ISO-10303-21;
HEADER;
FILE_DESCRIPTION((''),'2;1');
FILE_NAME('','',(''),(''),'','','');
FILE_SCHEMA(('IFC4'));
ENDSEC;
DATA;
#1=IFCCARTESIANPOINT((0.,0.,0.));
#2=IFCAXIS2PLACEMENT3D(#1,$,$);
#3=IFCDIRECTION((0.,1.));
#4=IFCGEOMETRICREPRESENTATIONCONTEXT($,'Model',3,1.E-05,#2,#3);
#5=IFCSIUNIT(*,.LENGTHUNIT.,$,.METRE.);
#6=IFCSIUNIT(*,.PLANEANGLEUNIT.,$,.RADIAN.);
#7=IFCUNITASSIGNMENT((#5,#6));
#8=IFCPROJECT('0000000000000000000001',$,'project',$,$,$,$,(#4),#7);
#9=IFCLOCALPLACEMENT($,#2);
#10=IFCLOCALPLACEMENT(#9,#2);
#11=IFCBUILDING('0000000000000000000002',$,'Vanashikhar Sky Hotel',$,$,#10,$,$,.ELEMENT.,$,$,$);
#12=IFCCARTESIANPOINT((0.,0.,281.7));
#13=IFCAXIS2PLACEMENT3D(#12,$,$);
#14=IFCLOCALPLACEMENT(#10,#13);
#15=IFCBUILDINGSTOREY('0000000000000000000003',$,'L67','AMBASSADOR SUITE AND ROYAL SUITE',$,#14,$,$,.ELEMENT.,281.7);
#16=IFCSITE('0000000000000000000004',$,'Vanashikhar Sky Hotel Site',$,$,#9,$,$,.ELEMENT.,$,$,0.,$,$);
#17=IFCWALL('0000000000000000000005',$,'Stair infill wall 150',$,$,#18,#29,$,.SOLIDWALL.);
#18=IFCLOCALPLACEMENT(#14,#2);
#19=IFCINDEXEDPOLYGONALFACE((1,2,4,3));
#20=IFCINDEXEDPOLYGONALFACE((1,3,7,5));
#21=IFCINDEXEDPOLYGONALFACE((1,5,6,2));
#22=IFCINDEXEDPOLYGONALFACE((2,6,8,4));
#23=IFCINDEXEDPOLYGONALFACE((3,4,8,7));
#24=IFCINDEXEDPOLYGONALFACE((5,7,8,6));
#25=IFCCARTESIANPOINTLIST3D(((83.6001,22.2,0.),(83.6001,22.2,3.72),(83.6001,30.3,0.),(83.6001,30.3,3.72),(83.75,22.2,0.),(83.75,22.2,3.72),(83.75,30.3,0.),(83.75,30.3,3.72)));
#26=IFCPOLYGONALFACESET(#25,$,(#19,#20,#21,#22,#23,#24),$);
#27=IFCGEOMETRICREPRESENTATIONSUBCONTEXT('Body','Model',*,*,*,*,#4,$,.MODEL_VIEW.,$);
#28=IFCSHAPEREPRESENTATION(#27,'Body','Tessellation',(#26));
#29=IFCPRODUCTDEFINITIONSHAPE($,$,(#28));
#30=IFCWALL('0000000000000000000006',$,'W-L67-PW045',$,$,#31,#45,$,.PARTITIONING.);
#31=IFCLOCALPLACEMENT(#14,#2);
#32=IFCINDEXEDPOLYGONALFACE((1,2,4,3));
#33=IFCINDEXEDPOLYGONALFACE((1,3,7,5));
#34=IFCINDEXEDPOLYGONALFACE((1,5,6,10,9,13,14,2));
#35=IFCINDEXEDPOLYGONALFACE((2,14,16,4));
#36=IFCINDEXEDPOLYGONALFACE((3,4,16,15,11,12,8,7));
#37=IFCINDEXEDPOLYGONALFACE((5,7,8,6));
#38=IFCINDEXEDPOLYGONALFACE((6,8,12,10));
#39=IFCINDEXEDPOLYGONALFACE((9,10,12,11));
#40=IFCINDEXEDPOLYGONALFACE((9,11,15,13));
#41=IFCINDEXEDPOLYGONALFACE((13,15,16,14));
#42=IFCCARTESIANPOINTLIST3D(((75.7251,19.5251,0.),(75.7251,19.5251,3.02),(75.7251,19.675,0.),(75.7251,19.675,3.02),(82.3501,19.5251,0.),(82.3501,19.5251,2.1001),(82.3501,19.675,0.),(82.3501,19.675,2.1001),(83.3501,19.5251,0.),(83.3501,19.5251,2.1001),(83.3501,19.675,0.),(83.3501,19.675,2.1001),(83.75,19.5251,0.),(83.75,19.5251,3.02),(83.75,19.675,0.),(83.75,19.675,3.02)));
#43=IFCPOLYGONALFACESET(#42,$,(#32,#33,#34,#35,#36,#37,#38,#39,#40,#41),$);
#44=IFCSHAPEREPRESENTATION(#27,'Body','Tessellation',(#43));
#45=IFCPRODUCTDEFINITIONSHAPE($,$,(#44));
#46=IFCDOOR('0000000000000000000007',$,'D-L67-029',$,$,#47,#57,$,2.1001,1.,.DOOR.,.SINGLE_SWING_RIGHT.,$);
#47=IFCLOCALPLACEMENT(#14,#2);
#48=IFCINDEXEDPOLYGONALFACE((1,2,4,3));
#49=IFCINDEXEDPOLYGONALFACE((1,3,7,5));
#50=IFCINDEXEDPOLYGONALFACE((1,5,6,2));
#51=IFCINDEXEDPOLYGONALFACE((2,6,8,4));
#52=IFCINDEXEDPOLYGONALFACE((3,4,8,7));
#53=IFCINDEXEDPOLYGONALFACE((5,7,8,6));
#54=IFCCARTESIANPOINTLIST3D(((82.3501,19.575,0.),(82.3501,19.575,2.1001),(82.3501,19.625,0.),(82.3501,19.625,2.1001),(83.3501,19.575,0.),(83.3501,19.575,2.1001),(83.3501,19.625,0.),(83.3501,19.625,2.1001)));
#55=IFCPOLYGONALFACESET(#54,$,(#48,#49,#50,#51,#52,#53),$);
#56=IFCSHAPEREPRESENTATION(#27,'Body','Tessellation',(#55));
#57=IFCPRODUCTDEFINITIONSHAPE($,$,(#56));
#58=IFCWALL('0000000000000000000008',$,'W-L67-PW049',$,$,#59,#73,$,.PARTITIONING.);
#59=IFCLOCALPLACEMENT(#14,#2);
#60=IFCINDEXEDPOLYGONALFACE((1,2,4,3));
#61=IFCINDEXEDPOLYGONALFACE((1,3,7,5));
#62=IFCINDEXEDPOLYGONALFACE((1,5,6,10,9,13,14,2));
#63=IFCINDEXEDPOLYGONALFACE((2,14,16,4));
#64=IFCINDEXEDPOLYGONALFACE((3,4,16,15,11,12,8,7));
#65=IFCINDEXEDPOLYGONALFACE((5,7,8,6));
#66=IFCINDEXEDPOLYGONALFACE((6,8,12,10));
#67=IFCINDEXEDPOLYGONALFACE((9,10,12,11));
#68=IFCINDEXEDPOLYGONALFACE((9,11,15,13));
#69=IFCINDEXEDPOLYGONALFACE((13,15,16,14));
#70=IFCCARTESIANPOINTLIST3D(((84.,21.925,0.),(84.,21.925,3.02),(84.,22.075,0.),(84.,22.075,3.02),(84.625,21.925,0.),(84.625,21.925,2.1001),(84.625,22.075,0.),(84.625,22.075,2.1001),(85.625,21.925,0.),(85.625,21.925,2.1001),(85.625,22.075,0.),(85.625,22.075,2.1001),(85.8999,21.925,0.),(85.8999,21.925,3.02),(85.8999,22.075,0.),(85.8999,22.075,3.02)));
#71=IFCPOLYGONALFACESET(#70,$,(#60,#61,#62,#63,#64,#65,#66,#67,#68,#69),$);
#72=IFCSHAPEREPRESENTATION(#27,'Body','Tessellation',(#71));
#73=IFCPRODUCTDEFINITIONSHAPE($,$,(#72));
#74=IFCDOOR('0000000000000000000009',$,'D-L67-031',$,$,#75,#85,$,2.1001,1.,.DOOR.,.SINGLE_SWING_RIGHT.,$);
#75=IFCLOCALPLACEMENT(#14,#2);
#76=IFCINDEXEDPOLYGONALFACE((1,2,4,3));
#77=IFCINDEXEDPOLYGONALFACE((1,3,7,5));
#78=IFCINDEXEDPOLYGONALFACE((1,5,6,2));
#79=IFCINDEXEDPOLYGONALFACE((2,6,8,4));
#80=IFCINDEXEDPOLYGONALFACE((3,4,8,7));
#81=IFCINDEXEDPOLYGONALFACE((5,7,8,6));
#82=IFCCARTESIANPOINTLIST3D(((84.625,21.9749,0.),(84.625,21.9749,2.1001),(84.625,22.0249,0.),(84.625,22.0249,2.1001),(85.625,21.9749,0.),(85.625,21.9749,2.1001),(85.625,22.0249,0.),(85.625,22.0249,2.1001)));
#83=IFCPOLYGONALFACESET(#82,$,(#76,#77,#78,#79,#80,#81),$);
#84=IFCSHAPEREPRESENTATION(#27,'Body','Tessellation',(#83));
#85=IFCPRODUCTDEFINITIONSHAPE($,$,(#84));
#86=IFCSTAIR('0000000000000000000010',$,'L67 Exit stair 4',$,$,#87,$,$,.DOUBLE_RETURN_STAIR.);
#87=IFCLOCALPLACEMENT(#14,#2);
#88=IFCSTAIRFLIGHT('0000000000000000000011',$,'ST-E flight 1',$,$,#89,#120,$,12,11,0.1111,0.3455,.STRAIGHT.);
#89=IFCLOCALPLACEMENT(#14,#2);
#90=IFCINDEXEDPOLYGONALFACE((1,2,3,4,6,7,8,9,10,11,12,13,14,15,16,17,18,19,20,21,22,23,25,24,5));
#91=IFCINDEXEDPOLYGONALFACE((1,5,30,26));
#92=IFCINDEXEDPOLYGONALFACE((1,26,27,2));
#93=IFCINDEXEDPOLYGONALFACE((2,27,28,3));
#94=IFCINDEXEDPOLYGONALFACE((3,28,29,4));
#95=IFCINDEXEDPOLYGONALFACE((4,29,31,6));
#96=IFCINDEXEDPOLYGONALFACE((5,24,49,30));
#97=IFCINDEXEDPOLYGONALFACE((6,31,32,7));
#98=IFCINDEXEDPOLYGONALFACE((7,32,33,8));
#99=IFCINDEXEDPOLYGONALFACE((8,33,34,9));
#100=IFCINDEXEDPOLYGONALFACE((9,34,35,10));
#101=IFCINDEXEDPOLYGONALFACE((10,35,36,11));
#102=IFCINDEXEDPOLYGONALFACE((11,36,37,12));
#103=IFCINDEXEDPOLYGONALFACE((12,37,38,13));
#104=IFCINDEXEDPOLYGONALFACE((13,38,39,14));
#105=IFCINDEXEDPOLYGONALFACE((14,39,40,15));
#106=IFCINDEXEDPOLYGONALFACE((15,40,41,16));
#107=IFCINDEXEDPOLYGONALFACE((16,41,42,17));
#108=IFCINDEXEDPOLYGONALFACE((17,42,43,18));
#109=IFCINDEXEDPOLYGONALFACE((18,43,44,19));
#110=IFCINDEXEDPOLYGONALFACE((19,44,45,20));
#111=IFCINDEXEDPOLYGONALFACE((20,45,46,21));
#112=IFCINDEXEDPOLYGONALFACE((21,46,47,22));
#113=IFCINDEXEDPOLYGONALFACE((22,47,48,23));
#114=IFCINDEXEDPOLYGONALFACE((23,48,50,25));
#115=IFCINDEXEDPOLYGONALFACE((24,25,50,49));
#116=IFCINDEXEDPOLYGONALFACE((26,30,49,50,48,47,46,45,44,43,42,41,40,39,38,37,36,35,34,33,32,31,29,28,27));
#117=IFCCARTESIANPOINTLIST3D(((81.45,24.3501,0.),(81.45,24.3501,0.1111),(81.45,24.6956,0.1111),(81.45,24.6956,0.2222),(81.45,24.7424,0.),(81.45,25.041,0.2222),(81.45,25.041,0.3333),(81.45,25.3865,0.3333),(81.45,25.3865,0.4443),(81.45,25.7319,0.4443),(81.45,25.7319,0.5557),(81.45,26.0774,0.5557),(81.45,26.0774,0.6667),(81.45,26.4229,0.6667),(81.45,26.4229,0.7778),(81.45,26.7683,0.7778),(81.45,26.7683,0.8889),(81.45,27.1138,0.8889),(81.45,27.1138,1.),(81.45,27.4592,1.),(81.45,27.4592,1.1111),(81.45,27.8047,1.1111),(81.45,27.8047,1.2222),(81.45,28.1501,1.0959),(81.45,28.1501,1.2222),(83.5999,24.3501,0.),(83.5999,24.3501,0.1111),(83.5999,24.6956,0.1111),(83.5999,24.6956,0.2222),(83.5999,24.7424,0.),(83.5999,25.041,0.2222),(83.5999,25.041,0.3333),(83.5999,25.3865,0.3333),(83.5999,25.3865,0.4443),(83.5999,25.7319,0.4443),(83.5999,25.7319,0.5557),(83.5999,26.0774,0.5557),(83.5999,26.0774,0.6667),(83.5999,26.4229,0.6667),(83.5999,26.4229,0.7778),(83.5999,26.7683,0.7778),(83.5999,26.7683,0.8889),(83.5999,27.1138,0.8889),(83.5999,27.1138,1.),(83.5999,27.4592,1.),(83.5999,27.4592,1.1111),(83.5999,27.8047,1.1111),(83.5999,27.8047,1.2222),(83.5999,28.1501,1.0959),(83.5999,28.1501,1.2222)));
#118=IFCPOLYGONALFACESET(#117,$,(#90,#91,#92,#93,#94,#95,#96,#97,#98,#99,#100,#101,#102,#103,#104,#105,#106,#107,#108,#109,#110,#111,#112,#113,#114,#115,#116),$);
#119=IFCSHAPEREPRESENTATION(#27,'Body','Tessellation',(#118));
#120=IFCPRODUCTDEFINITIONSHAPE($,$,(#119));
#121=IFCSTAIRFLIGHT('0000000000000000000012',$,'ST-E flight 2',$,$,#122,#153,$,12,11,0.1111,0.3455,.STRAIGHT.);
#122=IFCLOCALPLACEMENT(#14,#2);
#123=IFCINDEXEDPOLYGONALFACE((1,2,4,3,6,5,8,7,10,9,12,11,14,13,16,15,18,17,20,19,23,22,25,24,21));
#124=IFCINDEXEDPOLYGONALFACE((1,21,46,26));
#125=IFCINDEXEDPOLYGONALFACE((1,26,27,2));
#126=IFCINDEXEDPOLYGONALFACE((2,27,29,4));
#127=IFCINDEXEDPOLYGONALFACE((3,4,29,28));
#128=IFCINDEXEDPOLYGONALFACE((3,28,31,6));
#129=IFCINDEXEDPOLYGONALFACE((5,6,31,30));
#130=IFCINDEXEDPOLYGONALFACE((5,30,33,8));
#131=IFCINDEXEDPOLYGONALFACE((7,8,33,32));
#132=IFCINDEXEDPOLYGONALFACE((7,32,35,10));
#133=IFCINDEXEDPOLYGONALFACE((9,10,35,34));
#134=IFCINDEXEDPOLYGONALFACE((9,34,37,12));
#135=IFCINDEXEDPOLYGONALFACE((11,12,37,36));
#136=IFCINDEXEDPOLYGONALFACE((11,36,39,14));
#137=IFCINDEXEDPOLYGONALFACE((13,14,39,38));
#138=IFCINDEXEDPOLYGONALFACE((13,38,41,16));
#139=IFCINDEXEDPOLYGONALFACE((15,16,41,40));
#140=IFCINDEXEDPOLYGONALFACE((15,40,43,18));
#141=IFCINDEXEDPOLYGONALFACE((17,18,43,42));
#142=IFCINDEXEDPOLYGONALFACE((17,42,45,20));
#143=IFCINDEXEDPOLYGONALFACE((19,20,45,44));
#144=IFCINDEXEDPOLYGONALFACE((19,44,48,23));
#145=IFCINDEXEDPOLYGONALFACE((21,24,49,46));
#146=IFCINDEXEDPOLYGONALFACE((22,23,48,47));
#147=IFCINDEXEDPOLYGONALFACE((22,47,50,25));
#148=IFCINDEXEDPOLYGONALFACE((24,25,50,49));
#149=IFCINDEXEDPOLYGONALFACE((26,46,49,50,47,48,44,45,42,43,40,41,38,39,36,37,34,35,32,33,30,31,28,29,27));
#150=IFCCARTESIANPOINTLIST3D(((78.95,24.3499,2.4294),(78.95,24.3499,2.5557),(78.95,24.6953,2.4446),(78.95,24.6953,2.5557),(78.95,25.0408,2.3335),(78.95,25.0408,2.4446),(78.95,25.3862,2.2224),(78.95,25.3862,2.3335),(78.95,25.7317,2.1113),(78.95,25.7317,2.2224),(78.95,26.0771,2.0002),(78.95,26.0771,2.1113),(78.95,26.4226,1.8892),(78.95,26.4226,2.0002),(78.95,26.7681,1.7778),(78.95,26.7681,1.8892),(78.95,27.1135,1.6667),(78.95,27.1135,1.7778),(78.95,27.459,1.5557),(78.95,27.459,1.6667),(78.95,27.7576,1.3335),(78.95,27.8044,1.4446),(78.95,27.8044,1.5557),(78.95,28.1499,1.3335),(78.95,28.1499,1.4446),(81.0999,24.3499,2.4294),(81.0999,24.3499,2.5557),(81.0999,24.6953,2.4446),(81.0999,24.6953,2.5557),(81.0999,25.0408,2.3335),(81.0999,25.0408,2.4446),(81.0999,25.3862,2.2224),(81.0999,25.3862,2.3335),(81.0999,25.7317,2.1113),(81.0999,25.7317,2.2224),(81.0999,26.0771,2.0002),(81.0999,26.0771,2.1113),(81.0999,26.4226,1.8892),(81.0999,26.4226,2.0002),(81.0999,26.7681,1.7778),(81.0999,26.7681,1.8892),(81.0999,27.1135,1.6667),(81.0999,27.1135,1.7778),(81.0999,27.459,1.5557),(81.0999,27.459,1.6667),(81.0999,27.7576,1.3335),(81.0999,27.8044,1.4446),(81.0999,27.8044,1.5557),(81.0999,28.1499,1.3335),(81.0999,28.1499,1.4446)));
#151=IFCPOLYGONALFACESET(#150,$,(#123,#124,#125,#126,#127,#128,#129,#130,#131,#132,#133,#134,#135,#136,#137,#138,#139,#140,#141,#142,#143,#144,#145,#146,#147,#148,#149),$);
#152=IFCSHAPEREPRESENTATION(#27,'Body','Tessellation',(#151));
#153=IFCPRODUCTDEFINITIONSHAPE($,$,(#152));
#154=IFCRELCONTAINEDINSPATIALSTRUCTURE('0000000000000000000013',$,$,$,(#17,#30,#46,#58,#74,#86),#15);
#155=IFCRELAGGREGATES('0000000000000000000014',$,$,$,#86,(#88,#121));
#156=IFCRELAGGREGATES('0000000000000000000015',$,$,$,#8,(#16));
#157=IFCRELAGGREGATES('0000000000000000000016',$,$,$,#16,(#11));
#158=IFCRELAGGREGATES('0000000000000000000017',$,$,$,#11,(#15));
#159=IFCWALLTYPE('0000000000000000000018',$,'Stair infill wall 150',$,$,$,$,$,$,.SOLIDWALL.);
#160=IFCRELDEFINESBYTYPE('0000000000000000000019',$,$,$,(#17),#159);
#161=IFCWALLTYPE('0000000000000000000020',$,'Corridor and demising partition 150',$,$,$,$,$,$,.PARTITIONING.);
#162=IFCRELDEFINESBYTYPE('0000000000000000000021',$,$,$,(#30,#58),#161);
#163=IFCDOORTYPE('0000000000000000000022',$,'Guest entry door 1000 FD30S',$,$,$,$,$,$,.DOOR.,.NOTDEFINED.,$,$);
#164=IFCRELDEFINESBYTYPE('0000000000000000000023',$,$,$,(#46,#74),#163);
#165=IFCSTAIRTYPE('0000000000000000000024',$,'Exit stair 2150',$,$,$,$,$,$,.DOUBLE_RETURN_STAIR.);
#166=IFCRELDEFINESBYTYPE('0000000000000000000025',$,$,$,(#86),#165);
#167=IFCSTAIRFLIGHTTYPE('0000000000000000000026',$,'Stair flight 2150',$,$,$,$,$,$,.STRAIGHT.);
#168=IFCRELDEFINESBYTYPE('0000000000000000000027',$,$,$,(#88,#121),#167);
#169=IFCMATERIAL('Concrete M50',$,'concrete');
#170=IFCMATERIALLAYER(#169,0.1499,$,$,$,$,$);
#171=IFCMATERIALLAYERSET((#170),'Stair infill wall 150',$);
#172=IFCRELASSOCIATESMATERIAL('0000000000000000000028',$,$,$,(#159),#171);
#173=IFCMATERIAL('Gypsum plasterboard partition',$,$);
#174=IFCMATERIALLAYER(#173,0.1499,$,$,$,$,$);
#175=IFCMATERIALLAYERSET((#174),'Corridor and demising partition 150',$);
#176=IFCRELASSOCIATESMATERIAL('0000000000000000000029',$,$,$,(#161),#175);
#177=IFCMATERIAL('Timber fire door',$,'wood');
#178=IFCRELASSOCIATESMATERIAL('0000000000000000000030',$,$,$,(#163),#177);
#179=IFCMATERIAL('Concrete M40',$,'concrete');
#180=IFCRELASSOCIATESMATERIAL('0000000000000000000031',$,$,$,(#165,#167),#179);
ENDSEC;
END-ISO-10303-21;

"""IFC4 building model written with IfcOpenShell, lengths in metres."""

from ifc_helpers import new_model, si_unit, direction, frame, frame_2d, origin, place, context, subcontext, project, spatial, polyline, rectangle, outline, extrude, source, transform, mapped, material, layer, layer_set, type_object, element, fill, aggregate, save


model = new_model("IFC4")

# Units and contexts
model_context = context("Model", 3, precision=1e-05, world=origin(), true_north=direction((0.0, 1.0)))
body_context = subcontext(model_context, "Body", "Model", "MODEL_VIEW")
ifc_project = project(units=[si_unit("LENGTHUNIT", "METRE"), si_unit("PLANEANGLEUNIT", "RADIAN")], contexts=[model_context])

# Site, building, storey
site_placement = place(None, origin())
site = spatial("IfcSite", under=ifc_project, at=site_placement, Name="Vanashikhar Sky Hotel Site", CompositionType="ELEMENT", RefElevation=0.0)
building_placement = place(site_placement, origin())
building = spatial("IfcBuilding", under=site, at=building_placement, Name="Vanashikhar Sky Hotel", CompositionType="ELEMENT")
storey_placement = place(building_placement, frame((0.0, 0.0, 281.7)))
storey = spatial("IfcBuildingStorey", under=building, at=storey_placement, Name="L67", Description="AMBASSADOR SUITE AND ROYAL SUITE", CompositionType="ELEMENT", Elevation=281.7)

# Shared definitions
ifc_material_1 = material(Name="Concrete M50", Category="concrete")

# Wall
ifc_layer_1 = layer(ifc_material_1, 0.1499)
ifc_layer_set_1 = layer_set([ifc_layer_1], Name="Stair infill wall 150")
wall_type_1 = type_object("IfcWallType", Name="Stair infill wall 150", PredefinedType="SOLIDWALL", material=ifc_layer_set_1)
shared_shape_1 = source(origin(), body_context, "Body", "SweptSolid", [
    extrude(rectangle(XDim=8.1001, YDim=0.1499, at=frame_2d((4.05, 0.0))), origin(), (0.0, 0.0, 1.0), 3.72),
])
wall_1_placement = place(storey_placement, frame((83.675, 22.2, 0.0), z_axis=(0.0, 0.0, 1.0), x_axis=(0.0, 1.0, 0.0)))
element("IfcWall", 1, at=wall_1_placement, inside=storey, type_object=wall_type_1, Name="Stair infill wall 150", PredefinedType="SOLIDWALL", context=body_context, shape_type="MappedRepresentation", body=[
    mapped(shared_shape_1, transform((0.0, 0.0, 0.0), scale=1.0)),
])

# Walls, openings, doors
ifc_material_2 = material(Name="Gypsum plasterboard partition")
ifc_layer_2 = layer(ifc_material_2, 0.1499)
ifc_layer_set_2 = layer_set([ifc_layer_2], Name="Corridor and demising partition 150")
wall_type_2 = type_object("IfcWallType", Name="Corridor and demising partition 150", PredefinedType="PARTITIONING", material=ifc_layer_set_2)
shared_shape_2 = source(origin(), body_context, "Body", "SweptSolid", [
    extrude(rectangle(XDim=8.0249, YDim=0.1499, at=frame_2d((4.0125, 0.0))), origin(), (0.0, 0.0, 1.0), 3.02),
])
wall_2_placement = place(storey_placement, frame((75.7251, 19.6001, 0.0), z_axis=(0.0, 0.0, 1.0), x_axis=(1.0, 0.0, 0.0)))
wall_2 = element("IfcWall", 2, at=wall_2_placement, inside=storey, type_object=wall_type_2, Name="W-L67-PW045", PredefinedType="PARTITIONING", context=body_context, shape_type="MappedRepresentation", body=[
    mapped(shared_shape_2, transform((0.0, 0.0, 0.0), scale=1.0)),
])
shared_shape_3 = source(origin(), body_context, "Body", "SweptSolid", [
    extrude(rectangle(XDim=1.0, YDim=2.1001, at=frame_2d((0.5, 1.05))), frame((0.0, 0.085, 0.0), z_axis=(0.0, -1.0, 0.0), x_axis=(1.0, 0.0, 0.0)), (0.0, 0.0, 1.0), 0.1699),
])
opening_1_placement = place(wall_2_placement, frame((6.625, 0.0, 0.0)))
opening_1 = element("IfcOpeningElement", 3, at=opening_1_placement, cuts=wall_2, PredefinedType="OPENING", context=body_context, shape_type="MappedRepresentation", body=[
    mapped(shared_shape_3, transform((0.0, 0.0, 0.0), scale=1.0)),
])
ifc_material_3 = material(Name="Timber fire door", Category="wood")
door_type_1 = type_object("IfcDoorType", Name="Guest entry door 1000 FD30S", OperationType="NOTDEFINED", PredefinedType="DOOR", material=ifc_material_3)
shared_shape_4 = source(origin(), body_context, "Body", "SweptSolid", [
    extrude(rectangle(XDim=1.0, YDim=2.1001, at=frame_2d((0.5, 1.05))), frame((0.0, 0.0249, 0.0), z_axis=(0.0, -1.0, 0.0), x_axis=(1.0, 0.0, 0.0)), (0.0, 0.0, 1.0), 0.05),
])
door_1_placement = place(opening_1_placement, origin())
door_1 = element("IfcDoor", 4, at=door_1_placement, inside=storey, type_object=door_type_1, Name="D-L67-029", OperationType="SINGLE_SWING_RIGHT", OverallHeight=2.1001, OverallWidth=1.0, PredefinedType="DOOR", context=body_context, shape_type="MappedRepresentation", body=[
    mapped(shared_shape_4, transform((0.0, 0.0, 0.0), scale=1.0)),
])
fill(opening_1, door_1)
shared_shape_5 = source(origin(), body_context, "Body", "SweptSolid", [
    extrude(rectangle(XDim=1.8999, YDim=0.1499, at=frame_2d((0.95, 0.0))), origin(), (0.0, 0.0, 1.0), 3.02),
])
wall_3_placement = place(storey_placement, frame((84.0, 22.0, 0.0), z_axis=(0.0, 0.0, 1.0), x_axis=(1.0, 0.0, 0.0)))
wall_3 = element("IfcWall", 5, at=wall_3_placement, inside=storey, type_object=wall_type_2, Name="W-L67-PW049", PredefinedType="PARTITIONING", context=body_context, shape_type="MappedRepresentation", body=[
    mapped(shared_shape_5, transform((0.0, 0.0, 0.0), scale=1.0)),
])
opening_2_placement = place(wall_3_placement, frame((0.625, 0.0, 0.0)))
opening_2 = element("IfcOpeningElement", 6, at=opening_2_placement, cuts=wall_3, PredefinedType="OPENING", context=body_context, shape_type="MappedRepresentation", body=[
    mapped(shared_shape_3, transform((0.0, 0.0, 0.0), scale=1.0)),
])
door_2_placement = place(opening_2_placement, origin())
door_2 = element("IfcDoor", 7, at=door_2_placement, inside=storey, type_object=door_type_1, Name="D-L67-031", OperationType="SINGLE_SWING_RIGHT", OverallHeight=2.1001, OverallWidth=1.0, PredefinedType="DOOR", context=body_context, shape_type="MappedRepresentation", body=[
    mapped(shared_shape_4, transform((0.0, 0.0, 0.0), scale=1.0)),
])
fill(opening_2, door_2)

# Stair, stair flights
ifc_material_4 = material(Name="Concrete M40", Category="concrete")
stair_type = type_object("IfcStairType", Name="Exit stair 2150", PredefinedType="DOUBLE_RETURN_STAIR", material=ifc_material_4)
stair_placement = place(storey_placement, origin())
stair = element("IfcStair", 8, at=stair_placement, inside=storey, type_object=stair_type, Name="L67 Exit stair 4", PredefinedType="DOUBLE_RETURN_STAIR")
stair_flight_type = type_object("IfcStairFlightType", Name="Stair flight 2150", PredefinedType="STRAIGHT", material=ifc_material_4)
shared_shape_6 = source(origin(), body_context, "Body", "SweptSolid", [
    extrude(outline(polyline([(0.0, 0.0), (0.0, 0.1111), (0.3455, 0.1111), (0.3455, 0.2222), (0.6909, 0.2222), (0.6909, 0.3333), (1.0364, 0.3333), (1.0364, 0.4443), (1.3818, 0.4443), (1.3818, 0.5557), (1.7273, 0.5557), (1.7273, 0.6667), (2.0728, 0.6667), (2.0728, 0.7778), (2.4182, 0.7778), (2.4182, 0.8889), (2.7637, 0.8889), (2.7637, 1.0), (3.1091, 1.0), (3.1091, 1.1111), (3.4546, 1.1111), (3.4546, 1.2222), (3.8, 1.2222), (3.8, 1.3333), (3.8, 1.0959), (0.3923, 0.0), (0.0, 0.0)])), frame((0.0, 1.075, 0.0), z_axis=(0.0, -1.0, 0.0), x_axis=(1.0, 0.0, 0.0)), (0.0, 0.0, 1.0), 2.1499),
])
stair_flight_1_placement = place(storey_placement, frame((82.5249, 24.3501, 0.0), z_axis=(0.0, 0.0, 1.0), x_axis=(0.0, 1.0, 0.0)))
stair_flight_1 = element("IfcStairFlight", 9, at=stair_flight_1_placement, type_object=stair_flight_type, Name="ST-E flight 1", NumberOfRisers=12, NumberOfTreads=11, PredefinedType="STRAIGHT", RiserHeight=0.1111, TreadLength=0.3455, context=body_context, shape_type="MappedRepresentation", body=[
    mapped(shared_shape_6, transform((0.0, 0.0, 0.0), scale=1.0)),
])
stair_flight_2_placement = place(storey_placement, frame((80.0249, 28.1499, 1.3335), z_axis=(0.0, 0.0, 1.0), x_axis=(0.0, -1.0, 0.0)))
stair_flight_2 = element("IfcStairFlight", 10, at=stair_flight_2_placement, type_object=stair_flight_type, Name="ST-E flight 2", NumberOfRisers=12, NumberOfTreads=11, PredefinedType="STRAIGHT", RiserHeight=0.1111, TreadLength=0.3455, context=body_context, shape_type="MappedRepresentation", body=[
    mapped(shared_shape_6, transform((0.0, 0.0, 0.0), scale=1.0)),
])
aggregate(stair, [stair_flight_1, stair_flight_2])

save(model, "model.ifc")
